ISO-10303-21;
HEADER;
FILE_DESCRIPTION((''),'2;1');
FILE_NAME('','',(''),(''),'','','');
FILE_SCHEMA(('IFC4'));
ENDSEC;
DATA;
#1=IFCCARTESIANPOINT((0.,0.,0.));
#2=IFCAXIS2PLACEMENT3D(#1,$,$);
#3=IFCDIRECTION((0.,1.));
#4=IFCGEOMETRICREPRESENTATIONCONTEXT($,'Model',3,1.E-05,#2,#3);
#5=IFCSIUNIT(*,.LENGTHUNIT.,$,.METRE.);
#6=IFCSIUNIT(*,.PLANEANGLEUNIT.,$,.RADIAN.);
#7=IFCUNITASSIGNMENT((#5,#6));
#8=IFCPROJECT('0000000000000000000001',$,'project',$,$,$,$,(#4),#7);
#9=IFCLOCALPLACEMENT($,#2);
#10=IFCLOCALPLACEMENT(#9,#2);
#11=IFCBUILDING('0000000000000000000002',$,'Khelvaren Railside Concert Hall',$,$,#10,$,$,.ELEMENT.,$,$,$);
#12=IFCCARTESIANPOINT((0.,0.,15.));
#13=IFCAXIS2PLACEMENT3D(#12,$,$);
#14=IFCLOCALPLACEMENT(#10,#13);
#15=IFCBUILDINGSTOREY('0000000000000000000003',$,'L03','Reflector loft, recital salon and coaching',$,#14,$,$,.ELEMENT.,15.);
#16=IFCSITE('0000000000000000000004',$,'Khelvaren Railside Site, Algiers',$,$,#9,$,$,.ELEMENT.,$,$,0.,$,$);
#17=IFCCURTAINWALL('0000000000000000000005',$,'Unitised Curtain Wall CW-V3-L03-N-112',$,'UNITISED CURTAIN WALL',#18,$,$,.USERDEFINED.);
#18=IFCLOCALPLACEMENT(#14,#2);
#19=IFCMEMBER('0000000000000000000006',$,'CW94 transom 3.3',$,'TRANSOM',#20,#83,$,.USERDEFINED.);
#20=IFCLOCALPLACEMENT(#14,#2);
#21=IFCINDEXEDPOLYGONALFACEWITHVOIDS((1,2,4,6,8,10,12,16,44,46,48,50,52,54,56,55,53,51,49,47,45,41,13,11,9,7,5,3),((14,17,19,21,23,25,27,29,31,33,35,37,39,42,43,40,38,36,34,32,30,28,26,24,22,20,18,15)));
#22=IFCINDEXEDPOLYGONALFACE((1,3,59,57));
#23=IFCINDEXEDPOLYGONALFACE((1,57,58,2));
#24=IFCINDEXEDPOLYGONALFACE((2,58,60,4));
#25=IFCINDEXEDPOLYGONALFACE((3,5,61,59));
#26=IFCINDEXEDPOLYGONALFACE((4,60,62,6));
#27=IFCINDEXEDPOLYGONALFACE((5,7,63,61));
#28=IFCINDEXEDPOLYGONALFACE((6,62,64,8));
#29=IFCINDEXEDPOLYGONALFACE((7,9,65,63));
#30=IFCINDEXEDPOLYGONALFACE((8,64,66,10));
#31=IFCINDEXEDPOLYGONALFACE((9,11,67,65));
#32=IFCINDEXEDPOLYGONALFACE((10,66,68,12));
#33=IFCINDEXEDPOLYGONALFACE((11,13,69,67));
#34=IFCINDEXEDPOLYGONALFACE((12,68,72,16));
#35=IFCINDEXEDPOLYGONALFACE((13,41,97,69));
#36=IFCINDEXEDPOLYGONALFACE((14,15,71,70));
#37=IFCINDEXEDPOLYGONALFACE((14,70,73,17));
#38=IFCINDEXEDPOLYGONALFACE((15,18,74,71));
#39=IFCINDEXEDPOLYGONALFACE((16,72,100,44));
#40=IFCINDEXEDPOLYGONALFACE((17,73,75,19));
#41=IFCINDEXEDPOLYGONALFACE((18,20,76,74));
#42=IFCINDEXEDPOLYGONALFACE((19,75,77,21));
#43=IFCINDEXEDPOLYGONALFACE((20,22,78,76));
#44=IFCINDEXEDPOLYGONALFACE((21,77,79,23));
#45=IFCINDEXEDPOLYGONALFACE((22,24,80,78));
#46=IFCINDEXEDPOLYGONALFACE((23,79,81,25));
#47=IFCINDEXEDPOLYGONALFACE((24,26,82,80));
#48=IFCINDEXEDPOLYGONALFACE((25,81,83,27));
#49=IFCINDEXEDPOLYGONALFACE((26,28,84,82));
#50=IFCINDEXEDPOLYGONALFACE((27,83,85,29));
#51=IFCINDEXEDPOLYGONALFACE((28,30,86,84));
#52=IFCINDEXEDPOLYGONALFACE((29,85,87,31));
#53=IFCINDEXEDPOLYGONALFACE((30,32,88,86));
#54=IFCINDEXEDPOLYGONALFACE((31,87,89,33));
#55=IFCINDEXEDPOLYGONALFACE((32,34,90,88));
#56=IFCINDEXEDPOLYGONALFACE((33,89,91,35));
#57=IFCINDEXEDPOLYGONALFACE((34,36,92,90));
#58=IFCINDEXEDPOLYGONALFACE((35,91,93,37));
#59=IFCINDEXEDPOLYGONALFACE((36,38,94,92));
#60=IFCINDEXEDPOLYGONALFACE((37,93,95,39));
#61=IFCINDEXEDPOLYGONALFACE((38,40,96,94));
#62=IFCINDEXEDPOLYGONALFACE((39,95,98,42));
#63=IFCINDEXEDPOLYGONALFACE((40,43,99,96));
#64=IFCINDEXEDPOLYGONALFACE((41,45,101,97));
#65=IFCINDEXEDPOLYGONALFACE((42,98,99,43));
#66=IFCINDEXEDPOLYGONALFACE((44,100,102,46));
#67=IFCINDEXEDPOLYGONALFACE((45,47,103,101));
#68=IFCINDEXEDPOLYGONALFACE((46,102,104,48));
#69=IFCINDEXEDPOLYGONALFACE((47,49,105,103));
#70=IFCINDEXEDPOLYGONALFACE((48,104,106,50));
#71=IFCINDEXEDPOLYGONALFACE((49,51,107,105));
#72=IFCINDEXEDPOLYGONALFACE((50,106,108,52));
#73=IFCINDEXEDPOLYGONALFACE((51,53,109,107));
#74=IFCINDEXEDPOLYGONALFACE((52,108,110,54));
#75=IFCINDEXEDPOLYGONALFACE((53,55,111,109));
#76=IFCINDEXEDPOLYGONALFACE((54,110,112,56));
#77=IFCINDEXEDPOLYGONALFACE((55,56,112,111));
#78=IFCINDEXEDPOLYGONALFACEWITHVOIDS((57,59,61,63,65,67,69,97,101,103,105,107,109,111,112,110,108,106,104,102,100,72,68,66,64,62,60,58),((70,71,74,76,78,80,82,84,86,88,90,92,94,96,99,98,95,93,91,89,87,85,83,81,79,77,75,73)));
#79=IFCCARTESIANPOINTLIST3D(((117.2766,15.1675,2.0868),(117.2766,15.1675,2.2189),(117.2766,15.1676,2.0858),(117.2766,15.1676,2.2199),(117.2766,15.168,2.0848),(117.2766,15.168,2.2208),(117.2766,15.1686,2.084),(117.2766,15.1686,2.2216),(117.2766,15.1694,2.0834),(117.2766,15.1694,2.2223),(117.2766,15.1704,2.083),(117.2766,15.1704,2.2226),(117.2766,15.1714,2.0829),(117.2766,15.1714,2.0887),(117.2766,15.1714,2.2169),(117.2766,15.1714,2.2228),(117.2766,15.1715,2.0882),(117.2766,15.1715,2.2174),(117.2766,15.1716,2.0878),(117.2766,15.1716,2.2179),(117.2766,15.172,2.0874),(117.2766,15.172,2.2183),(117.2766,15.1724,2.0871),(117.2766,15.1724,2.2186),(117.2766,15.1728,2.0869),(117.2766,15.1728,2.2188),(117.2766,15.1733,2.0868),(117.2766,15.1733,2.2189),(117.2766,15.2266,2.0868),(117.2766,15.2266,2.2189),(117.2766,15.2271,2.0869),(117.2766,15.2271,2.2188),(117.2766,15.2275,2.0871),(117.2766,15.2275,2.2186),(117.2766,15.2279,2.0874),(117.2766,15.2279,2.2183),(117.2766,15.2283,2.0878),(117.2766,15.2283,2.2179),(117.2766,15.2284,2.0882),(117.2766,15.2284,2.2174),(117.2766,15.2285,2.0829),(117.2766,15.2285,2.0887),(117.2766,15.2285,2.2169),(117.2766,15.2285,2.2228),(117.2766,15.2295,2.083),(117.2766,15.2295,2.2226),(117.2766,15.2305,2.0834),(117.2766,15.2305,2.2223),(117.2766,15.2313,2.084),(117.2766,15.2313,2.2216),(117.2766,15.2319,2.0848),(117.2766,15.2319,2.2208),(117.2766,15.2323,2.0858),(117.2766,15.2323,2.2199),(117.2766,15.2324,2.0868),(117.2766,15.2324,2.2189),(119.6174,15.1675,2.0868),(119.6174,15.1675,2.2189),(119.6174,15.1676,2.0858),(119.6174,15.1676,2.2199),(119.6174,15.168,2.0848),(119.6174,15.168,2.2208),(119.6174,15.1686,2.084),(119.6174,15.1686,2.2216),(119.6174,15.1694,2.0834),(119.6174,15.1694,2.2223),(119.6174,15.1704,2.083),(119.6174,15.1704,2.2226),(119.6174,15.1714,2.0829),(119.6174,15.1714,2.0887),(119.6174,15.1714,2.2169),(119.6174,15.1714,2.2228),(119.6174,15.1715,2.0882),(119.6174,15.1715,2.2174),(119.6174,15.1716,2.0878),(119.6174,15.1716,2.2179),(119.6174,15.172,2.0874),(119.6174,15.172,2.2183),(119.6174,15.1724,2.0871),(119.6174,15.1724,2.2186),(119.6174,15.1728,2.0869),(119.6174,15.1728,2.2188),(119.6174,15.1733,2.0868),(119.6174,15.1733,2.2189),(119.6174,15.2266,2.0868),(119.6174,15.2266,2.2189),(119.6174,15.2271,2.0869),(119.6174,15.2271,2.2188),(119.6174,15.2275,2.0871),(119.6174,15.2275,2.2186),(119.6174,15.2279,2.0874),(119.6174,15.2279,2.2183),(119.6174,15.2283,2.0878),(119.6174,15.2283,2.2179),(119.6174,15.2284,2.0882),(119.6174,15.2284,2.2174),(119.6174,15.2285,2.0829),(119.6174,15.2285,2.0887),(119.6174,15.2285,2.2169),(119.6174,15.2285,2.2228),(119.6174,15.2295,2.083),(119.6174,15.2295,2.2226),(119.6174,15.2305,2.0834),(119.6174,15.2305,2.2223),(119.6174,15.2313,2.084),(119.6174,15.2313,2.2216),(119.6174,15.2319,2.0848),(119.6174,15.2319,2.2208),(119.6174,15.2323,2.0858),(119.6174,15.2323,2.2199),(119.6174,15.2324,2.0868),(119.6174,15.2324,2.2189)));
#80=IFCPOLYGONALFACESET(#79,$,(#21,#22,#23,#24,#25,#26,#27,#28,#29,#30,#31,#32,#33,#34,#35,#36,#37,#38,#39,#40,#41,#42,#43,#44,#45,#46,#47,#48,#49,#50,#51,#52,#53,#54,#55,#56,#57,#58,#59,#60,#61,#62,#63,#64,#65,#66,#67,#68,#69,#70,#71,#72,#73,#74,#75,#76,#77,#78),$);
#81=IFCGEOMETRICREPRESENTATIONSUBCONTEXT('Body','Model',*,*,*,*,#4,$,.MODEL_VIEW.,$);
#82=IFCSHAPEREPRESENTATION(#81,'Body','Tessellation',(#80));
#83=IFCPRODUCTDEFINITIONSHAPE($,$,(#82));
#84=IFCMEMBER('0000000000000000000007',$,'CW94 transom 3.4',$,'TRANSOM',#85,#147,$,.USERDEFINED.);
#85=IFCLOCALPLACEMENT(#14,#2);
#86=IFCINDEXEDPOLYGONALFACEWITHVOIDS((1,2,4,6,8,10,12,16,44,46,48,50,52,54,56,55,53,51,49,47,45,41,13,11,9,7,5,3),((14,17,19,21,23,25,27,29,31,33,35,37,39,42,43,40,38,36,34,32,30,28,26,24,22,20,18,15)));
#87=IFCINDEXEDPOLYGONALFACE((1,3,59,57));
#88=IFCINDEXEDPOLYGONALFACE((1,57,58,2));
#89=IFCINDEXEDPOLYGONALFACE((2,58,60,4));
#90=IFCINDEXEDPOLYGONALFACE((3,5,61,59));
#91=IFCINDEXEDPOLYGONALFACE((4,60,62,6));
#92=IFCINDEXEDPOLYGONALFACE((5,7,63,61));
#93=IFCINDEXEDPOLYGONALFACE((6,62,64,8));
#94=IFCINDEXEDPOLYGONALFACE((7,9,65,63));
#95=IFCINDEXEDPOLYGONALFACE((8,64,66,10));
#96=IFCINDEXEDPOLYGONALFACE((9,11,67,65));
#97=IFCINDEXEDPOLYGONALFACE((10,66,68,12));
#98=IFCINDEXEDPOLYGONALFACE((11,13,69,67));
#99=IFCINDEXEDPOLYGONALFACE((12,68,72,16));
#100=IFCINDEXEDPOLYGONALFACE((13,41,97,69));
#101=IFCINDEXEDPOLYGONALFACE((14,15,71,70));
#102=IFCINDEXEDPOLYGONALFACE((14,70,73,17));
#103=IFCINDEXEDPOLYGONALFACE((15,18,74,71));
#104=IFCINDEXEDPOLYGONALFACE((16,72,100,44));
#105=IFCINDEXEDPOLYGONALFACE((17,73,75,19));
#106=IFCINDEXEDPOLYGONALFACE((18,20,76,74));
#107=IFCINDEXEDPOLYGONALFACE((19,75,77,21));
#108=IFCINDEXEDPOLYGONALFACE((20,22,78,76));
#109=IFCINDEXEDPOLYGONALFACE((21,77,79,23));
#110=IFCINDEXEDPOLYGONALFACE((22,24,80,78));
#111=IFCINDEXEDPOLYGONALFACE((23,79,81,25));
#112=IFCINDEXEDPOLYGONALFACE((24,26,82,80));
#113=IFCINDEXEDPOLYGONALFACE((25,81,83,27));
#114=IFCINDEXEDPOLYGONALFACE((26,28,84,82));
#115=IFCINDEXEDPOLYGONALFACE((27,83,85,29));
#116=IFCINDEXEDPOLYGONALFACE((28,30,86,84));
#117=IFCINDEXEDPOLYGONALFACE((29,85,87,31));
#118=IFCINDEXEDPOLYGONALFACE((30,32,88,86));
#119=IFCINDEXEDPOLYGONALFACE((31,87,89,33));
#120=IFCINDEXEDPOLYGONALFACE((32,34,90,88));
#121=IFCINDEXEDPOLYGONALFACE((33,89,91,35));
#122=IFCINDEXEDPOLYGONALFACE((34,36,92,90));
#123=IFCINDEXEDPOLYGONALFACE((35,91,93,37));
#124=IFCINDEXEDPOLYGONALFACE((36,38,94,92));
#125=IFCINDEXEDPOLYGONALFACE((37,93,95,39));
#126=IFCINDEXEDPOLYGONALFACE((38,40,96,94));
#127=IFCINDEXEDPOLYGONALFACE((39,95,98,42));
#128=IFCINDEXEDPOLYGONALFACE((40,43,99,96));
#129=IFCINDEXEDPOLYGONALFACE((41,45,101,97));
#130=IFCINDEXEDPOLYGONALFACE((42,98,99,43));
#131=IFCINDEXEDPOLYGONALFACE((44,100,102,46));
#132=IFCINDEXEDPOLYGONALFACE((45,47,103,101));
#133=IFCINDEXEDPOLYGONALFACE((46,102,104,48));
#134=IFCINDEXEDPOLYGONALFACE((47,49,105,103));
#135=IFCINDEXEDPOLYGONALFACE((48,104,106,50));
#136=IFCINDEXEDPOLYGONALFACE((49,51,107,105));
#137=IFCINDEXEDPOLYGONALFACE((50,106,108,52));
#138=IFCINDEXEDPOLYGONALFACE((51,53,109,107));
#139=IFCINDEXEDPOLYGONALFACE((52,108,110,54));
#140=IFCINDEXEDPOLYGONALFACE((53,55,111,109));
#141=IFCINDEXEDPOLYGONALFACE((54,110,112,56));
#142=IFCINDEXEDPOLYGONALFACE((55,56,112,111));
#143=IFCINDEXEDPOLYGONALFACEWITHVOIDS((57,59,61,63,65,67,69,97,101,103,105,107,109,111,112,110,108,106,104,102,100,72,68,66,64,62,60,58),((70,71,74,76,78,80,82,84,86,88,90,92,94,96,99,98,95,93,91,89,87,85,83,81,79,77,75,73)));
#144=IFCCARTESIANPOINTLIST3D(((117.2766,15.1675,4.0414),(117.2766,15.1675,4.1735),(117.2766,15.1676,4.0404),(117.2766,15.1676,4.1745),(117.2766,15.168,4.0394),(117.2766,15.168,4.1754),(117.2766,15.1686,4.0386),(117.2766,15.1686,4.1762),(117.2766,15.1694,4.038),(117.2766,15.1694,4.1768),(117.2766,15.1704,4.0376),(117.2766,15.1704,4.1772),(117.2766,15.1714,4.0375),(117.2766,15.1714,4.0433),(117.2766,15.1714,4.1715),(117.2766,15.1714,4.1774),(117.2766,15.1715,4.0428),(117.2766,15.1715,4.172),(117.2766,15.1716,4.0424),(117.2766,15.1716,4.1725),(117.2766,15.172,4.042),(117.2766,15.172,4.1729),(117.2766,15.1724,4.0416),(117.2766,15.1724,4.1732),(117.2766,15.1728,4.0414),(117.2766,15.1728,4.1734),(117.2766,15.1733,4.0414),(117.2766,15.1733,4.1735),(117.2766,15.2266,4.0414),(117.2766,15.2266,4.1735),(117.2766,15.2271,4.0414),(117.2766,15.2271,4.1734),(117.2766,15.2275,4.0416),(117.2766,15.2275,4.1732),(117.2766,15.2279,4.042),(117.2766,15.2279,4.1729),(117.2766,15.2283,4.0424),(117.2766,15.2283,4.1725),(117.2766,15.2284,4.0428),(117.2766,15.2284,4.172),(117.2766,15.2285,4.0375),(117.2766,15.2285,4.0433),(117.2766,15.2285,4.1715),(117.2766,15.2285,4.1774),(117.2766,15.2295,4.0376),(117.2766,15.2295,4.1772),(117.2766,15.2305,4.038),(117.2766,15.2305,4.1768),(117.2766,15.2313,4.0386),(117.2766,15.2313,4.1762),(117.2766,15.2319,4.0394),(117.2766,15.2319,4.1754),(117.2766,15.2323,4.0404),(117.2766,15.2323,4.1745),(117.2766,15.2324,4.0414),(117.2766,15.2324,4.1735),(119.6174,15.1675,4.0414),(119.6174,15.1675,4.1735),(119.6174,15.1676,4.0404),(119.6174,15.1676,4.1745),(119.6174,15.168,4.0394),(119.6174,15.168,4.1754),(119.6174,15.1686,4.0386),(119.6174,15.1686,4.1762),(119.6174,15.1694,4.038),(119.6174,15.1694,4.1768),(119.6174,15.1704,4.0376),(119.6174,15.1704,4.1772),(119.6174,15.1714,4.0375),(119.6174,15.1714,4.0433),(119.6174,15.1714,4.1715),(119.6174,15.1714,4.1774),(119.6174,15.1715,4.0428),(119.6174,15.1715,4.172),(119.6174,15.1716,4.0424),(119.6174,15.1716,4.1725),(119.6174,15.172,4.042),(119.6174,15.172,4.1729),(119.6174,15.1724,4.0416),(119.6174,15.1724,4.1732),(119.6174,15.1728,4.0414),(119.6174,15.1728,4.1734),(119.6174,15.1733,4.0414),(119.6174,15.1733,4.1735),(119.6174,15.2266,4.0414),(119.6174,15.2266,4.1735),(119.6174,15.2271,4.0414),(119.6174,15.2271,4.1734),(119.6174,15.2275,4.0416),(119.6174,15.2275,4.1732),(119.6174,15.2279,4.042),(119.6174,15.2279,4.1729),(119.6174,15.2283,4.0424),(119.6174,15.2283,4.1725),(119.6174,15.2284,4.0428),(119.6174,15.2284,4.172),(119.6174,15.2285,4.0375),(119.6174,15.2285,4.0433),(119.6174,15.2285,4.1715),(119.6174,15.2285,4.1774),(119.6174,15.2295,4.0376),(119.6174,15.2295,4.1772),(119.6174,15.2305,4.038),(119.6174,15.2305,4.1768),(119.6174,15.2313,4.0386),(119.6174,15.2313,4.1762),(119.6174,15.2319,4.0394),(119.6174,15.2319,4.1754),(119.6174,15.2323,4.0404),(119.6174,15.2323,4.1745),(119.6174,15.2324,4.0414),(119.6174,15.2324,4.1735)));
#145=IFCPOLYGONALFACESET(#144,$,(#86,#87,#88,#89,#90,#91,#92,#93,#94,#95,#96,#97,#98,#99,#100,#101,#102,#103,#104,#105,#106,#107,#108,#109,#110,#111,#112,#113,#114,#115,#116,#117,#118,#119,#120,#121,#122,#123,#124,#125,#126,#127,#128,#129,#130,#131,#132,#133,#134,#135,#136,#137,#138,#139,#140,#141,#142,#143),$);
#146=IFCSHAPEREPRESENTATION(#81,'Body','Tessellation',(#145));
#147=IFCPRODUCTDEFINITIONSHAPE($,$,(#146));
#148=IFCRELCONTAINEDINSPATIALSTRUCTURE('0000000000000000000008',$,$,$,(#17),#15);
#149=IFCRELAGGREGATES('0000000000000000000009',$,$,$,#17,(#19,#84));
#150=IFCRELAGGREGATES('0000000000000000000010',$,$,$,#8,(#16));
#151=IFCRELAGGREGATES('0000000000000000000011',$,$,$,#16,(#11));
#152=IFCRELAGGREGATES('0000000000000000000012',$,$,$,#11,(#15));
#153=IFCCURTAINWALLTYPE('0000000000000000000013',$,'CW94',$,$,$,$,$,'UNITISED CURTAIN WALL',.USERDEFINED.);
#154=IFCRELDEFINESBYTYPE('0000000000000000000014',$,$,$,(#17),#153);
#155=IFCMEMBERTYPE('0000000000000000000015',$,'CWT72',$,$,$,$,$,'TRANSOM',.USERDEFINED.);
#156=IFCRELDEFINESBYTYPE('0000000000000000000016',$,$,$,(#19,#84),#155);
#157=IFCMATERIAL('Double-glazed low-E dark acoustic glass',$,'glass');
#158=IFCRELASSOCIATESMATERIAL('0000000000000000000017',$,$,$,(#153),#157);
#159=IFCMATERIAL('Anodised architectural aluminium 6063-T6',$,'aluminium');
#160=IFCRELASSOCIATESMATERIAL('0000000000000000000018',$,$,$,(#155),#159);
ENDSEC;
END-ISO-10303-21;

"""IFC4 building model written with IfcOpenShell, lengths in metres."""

from ifc_helpers import new_model, si_unit, direction, frame, origin, origin_2d, place, context, subcontext, project, spatial, hollow_rectangle, extrude, material, material_profile, profile_set, type_object, element, aggregate, save


model = new_model("IFC4")

# Units and contexts
model_context = context("Model", 3, precision=1e-05, world=origin(), true_north=direction((0.0, 1.0)))
body_context = subcontext(model_context, "Body", "Model", "MODEL_VIEW")
ifc_project = project(units=[si_unit("LENGTHUNIT", "METRE"), si_unit("PLANEANGLEUNIT", "RADIAN")], contexts=[model_context])

# Site, building, storey
site_placement = place(None, origin())
site = spatial("IfcSite", under=ifc_project, at=site_placement, Name="Khelvaren Railside Site, Algiers", CompositionType="ELEMENT", RefElevation=0.0)
building_placement = place(site_placement, origin())
building = spatial("IfcBuilding", under=site, at=building_placement, Name="Khelvaren Railside Concert Hall", CompositionType="ELEMENT")
storey_placement = place(building_placement, frame((0.0, 0.0, 15.0)))
storey = spatial("IfcBuildingStorey", under=building, at=storey_placement, Name="L03", Description="Reflector loft, recital salon and coaching", CompositionType="ELEMENT", Elevation=15.0)

# Curtain wall
ifc_material_1 = material(Name="Double-glazed low-E dark acoustic glass", Category="glass")
curtain_wall_type_1 = type_object("IfcCurtainWallType", Name="CW94", ElementType="UNITISED CURTAIN WALL", PredefinedType="USERDEFINED", material=ifc_material_1)
curtain_wall_1_placement = place(storey_placement, origin())
curtain_wall_1 = element("IfcCurtainWall", 1, at=curtain_wall_1_placement, inside=storey, type_object=curtain_wall_type_1, Name="Unitised Curtain Wall CW-V3-L03-N-112", ObjectType="UNITISED CURTAIN WALL", PredefinedType="USERDEFINED")
ifc_material_2 = material(Name="Anodised architectural aluminium 6063-T6", Category="aluminium")

# Members
ifc_material_profile_1 = material_profile(ifc_material_2, hollow_rectangle(XDim=0.0649, YDim=0.1399, WallThickness=0.0039, InnerFilletRadius=0.002, OuterFilletRadius=0.0039, at=origin_2d()), Name="CWT 65x140x4")
ifc_profile_set_1 = profile_set([ifc_material_profile_1], Name="Anodised architectural aluminium 6063-T6")
member_type_1 = type_object("IfcMemberType", Name="CWT72", ElementType="TRANSOM", PredefinedType="USERDEFINED", material=ifc_profile_set_1)
member_1_placement = place(storey_placement, frame((117.2766, 15.2, 2.1528), z_axis=(1.0, 0.0, 0.0), x_axis=(0.0, 1.0, 0.0)))
member_1 = element("IfcMember", 2, at=member_1_placement, type_object=member_type_1, Name="CW94 transom 3.3", ObjectType="TRANSOM", PredefinedType="USERDEFINED", context=body_context, shape_type="SweptSolid", body=[
    extrude(hollow_rectangle(XDim=0.0649, YDim=0.1399, WallThickness=0.0039, InnerFilletRadius=0.002, OuterFilletRadius=0.0039, at=origin_2d()), origin(), (0.0, 0.0, 1.0), 2.3408),
])
member_2_placement = place(storey_placement, frame((117.2766, 15.2, 4.1074), z_axis=(1.0, 0.0, 0.0), x_axis=(0.0, 1.0, 0.0)))
member_2 = element("IfcMember", 3, at=member_2_placement, type_object=member_type_1, Name="CW94 transom 3.4", ObjectType="TRANSOM", PredefinedType="USERDEFINED", context=body_context, shape_type="SweptSolid", body=[
    extrude(hollow_rectangle(XDim=0.0649, YDim=0.1399, WallThickness=0.0039, InnerFilletRadius=0.002, OuterFilletRadius=0.0039, at=origin_2d()), origin(), (0.0, 0.0, 1.0), 2.3408),
])

aggregate(curtain_wall_1, [member_1, member_2])

save(model, "model.ifc")
